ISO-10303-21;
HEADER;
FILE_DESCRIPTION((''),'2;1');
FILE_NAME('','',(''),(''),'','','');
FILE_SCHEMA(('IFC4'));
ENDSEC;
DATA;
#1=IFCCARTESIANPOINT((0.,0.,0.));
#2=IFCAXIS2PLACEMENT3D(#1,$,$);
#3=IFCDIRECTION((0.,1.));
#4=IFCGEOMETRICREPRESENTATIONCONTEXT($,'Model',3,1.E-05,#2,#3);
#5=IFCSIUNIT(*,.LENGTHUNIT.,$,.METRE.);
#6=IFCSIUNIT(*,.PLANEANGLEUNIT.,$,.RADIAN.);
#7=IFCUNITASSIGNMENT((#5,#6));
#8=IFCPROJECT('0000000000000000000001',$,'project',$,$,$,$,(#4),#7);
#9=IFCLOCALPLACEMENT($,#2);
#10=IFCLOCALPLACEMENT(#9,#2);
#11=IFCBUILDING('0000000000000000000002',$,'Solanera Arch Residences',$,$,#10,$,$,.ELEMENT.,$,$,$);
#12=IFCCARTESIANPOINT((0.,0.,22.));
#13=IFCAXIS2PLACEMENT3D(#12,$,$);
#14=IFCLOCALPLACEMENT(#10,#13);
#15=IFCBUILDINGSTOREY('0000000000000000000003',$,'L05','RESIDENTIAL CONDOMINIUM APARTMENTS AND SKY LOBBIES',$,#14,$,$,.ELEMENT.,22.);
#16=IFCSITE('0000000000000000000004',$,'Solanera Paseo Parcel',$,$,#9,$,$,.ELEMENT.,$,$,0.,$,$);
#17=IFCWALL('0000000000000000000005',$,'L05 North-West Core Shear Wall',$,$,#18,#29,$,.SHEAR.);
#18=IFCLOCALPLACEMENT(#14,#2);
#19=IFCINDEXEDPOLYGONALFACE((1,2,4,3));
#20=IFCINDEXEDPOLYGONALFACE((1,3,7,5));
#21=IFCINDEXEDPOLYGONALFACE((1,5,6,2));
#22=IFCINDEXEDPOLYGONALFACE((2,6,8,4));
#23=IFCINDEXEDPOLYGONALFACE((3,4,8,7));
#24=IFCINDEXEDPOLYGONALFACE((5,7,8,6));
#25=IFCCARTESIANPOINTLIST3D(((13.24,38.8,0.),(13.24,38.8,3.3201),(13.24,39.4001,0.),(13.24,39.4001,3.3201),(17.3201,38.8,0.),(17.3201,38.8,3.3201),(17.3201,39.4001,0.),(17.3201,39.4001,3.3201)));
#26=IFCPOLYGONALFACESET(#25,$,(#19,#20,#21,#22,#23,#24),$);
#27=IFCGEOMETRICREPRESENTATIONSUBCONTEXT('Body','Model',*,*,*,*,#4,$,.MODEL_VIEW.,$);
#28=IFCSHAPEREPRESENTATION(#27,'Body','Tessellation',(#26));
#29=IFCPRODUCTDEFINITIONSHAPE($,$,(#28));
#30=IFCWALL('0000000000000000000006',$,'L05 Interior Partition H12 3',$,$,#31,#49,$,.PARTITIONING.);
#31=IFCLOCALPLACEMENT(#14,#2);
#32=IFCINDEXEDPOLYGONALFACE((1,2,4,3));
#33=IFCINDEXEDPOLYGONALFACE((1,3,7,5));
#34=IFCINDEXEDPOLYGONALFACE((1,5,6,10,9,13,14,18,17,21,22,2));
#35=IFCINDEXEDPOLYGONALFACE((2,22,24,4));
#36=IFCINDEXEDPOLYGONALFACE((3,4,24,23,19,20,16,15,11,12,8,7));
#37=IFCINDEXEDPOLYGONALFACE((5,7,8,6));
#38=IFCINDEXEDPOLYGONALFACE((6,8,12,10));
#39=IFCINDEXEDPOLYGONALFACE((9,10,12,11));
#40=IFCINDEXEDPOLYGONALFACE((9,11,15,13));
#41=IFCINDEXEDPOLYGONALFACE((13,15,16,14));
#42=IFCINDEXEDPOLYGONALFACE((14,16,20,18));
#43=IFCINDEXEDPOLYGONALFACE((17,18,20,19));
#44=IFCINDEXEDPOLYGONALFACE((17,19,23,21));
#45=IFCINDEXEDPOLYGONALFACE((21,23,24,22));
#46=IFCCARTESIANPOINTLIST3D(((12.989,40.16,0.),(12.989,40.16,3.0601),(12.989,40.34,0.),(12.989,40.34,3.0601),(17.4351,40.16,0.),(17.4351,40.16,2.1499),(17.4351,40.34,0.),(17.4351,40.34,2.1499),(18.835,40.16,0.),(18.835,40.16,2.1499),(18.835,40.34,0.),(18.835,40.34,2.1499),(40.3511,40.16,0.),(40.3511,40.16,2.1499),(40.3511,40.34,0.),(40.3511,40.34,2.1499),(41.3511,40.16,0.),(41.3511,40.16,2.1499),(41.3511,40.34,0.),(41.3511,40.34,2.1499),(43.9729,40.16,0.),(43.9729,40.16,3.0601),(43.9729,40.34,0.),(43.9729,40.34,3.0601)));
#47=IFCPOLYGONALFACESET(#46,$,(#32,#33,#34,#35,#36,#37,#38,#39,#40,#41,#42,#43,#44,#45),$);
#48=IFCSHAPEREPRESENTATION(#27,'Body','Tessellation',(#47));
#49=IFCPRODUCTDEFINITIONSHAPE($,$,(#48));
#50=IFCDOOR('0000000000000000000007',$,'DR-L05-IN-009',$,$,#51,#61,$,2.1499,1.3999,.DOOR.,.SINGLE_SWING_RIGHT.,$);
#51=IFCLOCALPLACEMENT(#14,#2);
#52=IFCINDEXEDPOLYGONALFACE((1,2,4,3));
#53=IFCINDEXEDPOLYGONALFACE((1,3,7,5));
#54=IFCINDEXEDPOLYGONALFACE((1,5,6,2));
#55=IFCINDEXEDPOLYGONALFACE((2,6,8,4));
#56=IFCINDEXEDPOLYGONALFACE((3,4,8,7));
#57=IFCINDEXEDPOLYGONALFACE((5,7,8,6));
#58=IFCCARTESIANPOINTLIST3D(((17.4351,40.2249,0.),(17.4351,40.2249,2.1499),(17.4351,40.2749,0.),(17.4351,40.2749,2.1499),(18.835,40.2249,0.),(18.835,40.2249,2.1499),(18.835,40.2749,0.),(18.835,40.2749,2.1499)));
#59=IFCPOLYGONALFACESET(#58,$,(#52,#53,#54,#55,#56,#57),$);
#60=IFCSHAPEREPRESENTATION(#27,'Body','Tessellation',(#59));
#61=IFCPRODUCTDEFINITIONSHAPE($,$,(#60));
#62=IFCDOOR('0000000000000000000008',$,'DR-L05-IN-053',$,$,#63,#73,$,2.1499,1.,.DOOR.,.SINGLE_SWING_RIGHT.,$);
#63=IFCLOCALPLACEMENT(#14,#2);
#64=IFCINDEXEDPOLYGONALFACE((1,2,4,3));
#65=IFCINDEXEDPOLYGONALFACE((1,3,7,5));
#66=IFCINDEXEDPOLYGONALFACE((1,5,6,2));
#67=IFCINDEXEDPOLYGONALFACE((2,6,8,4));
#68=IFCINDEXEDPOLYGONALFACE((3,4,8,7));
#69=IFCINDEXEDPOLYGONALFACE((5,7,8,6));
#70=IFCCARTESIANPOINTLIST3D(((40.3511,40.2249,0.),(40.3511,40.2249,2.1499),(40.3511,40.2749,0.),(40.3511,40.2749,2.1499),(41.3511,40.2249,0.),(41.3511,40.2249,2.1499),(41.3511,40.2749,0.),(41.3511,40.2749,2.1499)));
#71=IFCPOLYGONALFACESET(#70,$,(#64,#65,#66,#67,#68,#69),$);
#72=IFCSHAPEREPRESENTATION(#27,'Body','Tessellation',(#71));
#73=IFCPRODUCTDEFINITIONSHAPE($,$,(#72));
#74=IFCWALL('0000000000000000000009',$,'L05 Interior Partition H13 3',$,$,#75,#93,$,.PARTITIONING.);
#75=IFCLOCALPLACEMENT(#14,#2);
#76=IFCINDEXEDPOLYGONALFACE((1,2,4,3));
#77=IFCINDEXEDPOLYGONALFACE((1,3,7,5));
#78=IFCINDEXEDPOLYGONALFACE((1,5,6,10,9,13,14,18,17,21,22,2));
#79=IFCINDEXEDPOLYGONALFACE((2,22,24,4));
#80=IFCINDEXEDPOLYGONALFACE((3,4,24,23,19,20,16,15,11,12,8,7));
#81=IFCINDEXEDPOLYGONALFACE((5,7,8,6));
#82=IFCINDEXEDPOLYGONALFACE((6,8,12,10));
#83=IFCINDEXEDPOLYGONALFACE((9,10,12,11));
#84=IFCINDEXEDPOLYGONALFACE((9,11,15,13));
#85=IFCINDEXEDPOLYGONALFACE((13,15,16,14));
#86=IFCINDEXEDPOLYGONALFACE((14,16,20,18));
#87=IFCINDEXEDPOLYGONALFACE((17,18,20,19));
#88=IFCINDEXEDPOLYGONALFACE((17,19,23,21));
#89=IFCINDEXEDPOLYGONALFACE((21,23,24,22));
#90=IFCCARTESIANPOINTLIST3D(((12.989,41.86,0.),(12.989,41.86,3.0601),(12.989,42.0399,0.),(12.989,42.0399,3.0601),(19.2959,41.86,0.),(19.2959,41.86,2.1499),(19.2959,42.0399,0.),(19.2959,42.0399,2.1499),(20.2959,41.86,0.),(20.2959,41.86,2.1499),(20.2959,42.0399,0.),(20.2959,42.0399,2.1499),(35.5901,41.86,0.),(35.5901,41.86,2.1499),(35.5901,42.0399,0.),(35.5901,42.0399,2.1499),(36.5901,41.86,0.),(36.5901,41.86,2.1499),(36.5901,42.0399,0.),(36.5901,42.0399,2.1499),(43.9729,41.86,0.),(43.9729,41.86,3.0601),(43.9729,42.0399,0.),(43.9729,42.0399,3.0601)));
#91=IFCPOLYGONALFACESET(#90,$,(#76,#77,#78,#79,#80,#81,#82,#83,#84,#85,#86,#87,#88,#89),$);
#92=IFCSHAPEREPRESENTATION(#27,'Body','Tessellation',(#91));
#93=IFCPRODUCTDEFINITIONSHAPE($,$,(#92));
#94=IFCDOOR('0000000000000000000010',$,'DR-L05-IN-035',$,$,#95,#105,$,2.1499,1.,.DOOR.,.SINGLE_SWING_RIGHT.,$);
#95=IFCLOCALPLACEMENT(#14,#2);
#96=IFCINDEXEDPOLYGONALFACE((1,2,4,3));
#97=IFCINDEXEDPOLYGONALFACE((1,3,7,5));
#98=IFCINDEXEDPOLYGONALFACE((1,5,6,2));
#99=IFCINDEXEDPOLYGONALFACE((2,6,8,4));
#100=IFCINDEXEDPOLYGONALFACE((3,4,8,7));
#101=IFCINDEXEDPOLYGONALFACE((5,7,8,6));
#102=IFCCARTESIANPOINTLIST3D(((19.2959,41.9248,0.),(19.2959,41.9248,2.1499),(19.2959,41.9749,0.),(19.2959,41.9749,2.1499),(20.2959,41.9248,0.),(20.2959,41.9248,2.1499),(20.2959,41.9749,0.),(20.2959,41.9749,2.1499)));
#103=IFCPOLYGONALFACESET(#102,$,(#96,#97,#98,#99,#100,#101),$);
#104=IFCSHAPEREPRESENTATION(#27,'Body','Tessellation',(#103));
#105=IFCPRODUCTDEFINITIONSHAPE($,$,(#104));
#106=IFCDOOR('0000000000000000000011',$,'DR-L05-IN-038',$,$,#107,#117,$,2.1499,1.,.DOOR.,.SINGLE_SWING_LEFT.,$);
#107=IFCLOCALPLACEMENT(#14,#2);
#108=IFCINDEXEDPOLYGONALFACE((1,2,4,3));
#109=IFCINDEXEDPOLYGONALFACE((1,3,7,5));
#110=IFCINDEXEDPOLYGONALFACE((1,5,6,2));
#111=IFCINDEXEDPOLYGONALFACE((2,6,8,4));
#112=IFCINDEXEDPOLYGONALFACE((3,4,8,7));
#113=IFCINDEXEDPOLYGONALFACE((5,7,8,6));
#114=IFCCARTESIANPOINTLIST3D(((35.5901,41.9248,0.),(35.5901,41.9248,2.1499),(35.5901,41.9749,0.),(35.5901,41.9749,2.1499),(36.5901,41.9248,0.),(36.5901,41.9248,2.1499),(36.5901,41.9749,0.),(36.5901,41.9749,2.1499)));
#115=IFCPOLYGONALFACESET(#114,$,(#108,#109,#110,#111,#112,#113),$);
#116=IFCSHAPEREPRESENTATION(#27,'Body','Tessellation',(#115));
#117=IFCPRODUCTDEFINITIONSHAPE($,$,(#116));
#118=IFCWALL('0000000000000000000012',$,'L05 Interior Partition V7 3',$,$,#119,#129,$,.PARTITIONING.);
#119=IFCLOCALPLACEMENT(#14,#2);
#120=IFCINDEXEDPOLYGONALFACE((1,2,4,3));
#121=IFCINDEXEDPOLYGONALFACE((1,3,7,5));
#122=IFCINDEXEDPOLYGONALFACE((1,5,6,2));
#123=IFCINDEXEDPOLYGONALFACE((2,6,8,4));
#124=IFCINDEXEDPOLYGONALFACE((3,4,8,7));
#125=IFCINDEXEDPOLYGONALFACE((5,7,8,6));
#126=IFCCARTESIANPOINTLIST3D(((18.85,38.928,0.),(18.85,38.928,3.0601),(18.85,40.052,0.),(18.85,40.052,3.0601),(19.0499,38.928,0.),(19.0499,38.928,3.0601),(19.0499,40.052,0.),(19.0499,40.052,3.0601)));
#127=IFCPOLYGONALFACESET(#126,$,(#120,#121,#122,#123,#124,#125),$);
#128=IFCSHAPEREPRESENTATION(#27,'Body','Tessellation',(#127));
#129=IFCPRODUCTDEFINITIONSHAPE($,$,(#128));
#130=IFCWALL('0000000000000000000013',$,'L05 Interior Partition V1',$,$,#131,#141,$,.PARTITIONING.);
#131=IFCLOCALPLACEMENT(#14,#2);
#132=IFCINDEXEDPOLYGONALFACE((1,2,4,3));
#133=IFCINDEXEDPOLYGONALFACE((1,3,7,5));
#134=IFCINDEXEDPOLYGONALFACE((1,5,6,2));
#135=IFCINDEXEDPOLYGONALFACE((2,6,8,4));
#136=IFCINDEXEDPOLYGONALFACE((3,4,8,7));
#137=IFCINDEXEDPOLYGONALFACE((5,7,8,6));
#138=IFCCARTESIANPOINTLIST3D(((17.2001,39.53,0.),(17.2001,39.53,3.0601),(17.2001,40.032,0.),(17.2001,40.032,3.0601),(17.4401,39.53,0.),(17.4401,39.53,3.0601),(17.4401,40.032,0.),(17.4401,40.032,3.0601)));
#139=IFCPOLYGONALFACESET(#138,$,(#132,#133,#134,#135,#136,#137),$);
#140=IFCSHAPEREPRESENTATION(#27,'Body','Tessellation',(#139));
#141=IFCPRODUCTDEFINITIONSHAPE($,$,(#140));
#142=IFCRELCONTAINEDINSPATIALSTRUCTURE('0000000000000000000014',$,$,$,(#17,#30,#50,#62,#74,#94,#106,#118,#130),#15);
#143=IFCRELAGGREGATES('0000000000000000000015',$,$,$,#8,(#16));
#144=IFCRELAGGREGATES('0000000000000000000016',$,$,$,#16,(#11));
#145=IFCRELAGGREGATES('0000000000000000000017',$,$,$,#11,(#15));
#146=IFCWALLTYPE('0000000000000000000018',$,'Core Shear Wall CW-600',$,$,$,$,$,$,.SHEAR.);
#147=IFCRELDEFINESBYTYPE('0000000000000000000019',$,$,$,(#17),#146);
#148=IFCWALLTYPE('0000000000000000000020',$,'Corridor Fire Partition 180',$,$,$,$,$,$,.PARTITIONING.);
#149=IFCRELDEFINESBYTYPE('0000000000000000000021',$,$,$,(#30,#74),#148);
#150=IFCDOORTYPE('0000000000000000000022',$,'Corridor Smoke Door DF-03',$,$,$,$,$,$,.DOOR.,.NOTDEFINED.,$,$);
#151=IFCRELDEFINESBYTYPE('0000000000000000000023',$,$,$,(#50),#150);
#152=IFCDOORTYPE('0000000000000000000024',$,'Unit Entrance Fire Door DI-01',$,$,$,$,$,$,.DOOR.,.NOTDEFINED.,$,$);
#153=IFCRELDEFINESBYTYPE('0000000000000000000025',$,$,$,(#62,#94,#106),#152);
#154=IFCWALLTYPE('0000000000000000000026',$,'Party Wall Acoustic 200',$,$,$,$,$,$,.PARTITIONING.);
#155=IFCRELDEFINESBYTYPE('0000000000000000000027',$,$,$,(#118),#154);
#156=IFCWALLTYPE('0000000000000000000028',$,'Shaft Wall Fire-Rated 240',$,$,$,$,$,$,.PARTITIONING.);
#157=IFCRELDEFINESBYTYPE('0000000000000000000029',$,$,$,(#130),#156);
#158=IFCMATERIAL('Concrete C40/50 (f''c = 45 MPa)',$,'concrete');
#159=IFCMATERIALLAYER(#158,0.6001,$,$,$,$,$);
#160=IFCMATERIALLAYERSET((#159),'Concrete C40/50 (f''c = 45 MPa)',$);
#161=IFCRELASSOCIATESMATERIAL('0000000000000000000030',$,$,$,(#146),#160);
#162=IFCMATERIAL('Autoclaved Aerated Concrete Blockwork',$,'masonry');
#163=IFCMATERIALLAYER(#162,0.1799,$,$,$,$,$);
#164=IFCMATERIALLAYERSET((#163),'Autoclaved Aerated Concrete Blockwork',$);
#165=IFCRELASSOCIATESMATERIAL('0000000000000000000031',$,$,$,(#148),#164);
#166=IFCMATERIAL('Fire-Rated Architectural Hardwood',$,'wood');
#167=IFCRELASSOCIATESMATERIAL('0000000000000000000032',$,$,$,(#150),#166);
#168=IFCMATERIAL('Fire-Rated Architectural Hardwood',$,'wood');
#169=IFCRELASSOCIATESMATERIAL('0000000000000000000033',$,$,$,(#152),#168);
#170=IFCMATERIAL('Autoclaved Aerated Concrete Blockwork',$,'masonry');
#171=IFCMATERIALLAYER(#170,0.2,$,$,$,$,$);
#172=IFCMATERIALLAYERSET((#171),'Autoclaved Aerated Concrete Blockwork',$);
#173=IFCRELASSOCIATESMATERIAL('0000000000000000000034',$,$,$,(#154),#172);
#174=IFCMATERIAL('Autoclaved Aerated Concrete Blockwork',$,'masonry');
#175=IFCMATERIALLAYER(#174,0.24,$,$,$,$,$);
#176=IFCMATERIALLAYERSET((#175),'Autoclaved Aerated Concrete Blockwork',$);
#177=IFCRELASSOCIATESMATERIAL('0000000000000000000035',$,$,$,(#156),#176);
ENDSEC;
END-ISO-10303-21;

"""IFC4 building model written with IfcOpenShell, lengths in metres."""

from ifc_helpers import new_model, si_unit, direction, frame, frame_2d, origin, place, context, subcontext, project, spatial, rectangle, extrude, material, layer, layer_set, type_object, element, fill, save


model = new_model("IFC4")

# Units and contexts
model_context = context("Model", 3, precision=1e-05, world=origin(), true_north=direction((0.0, 1.0)))
body_context = subcontext(model_context, "Body", "Model", "MODEL_VIEW")
ifc_project = project(units=[si_unit("LENGTHUNIT", "METRE"), si_unit("PLANEANGLEUNIT", "RADIAN")], contexts=[model_context])

# Site, building, storey
site_placement = place(None, origin())
site = spatial("IfcSite", under=ifc_project, at=site_placement, Name="Solanera Paseo Parcel", CompositionType="ELEMENT", RefElevation=0.0)
building_placement = place(site_placement, origin())
building = spatial("IfcBuilding", under=site, at=building_placement, Name="Solanera Arch Residences", CompositionType="ELEMENT")
storey_placement = place(building_placement, frame((0.0, 0.0, 22.0)))
storey = spatial("IfcBuildingStorey", under=building, at=storey_placement, Name="L05", Description="RESIDENTIAL CONDOMINIUM APARTMENTS AND SKY LOBBIES", CompositionType="ELEMENT", Elevation=22.0)

# Wall
ifc_material_1 = material(Name="Concrete C40/50 (f'c = 45 MPa)", Category="concrete")
ifc_layer_1 = layer(ifc_material_1, 0.6001)
ifc_layer_set_1 = layer_set([ifc_layer_1], Name="Concrete C40/50 (f'c = 45 MPa)")
wall_type_1 = type_object("IfcWallType", Name="Core Shear Wall CW-600", PredefinedType="SHEAR", material=ifc_layer_set_1)
wall_1_placement = place(storey_placement, frame((13.24, 39.1001, 0.0), z_axis=(0.0, 0.0, 1.0), x_axis=(1.0, 0.0, 0.0)))
element("IfcWall", 1, at=wall_1_placement, inside=storey, type_object=wall_type_1, Name="L05 North-West Core Shear Wall", PredefinedType="SHEAR", context=body_context, shape_type="SweptSolid", body=[
    extrude(rectangle(XDim=4.0801, YDim=0.6001, at=frame_2d((2.04, 0.0))), origin(), (0.0, 0.0, 1.0), 3.3201),
])

# Walls, openings, doors
ifc_material_2 = material(Name="Autoclaved Aerated Concrete Blockwork", Category="masonry")
ifc_layer_2 = layer(ifc_material_2, 0.1799)
ifc_layer_set_2 = layer_set([ifc_layer_2], Name="Autoclaved Aerated Concrete Blockwork")
wall_type_2 = type_object("IfcWallType", Name="Corridor Fire Partition 180", PredefinedType="PARTITIONING", material=ifc_layer_set_2)
wall_2_placement = place(storey_placement, frame((12.989, 40.25, 0.0), z_axis=(0.0, 0.0, 1.0), x_axis=(1.0, 0.0, 0.0)))
wall_2 = element("IfcWall", 2, at=wall_2_placement, inside=storey, type_object=wall_type_2, Name="L05 Interior Partition H12 3", PredefinedType="PARTITIONING", context=body_context, shape_type="SweptSolid", body=[
    extrude(rectangle(XDim=30.9839, YDim=0.1799, at=frame_2d((15.4919, 0.0))), origin(), (0.0, 0.0, 1.0), 3.0601),
])
opening_1_placement = place(wall_2_placement, frame((4.446, 0.0, 0.0)))
opening_1 = element("IfcOpeningElement", 3, at=opening_1_placement, cuts=wall_2, PredefinedType="OPENING", context=body_context, shape_type="SweptSolid", body=[
    extrude(rectangle(XDim=1.3999, YDim=2.1499, at=frame_2d((0.7, 1.075))), frame((0.0, 0.1001, 0.0), z_axis=(0.0, -1.0, 0.0), x_axis=(1.0, 0.0, 0.0)), (0.0, 0.0, 1.0), 0.1999),
])
opening_2_placement = place(wall_2_placement, frame((27.3621, 0.0, 0.0)))
opening_2 = element("IfcOpeningElement", 4, at=opening_2_placement, cuts=wall_2, PredefinedType="OPENING", context=body_context, shape_type="SweptSolid", body=[
    extrude(rectangle(XDim=1.0, YDim=2.1499, at=frame_2d((0.5, 1.075))), frame((0.0, 0.1001, 0.0), z_axis=(0.0, -1.0, 0.0), x_axis=(1.0, 0.0, 0.0)), (0.0, 0.0, 1.0), 0.1999),
])
ifc_material_3 = material(Name="Fire-Rated Architectural Hardwood", Category="wood")
door_type_1 = type_object("IfcDoorType", Name="Corridor Smoke Door DF-03", OperationType="NOTDEFINED", PredefinedType="DOOR", material=ifc_material_3)
door_1_placement = place(opening_1_placement, origin())
door_1 = element("IfcDoor", 5, at=door_1_placement, inside=storey, type_object=door_type_1, Name="DR-L05-IN-009", OperationType="SINGLE_SWING_RIGHT", OverallHeight=2.1499, OverallWidth=1.3999, PredefinedType="DOOR", context=body_context, shape_type="SweptSolid", body=[
    extrude(rectangle(XDim=1.3999, YDim=2.1499, at=frame_2d((0.7, 1.075))), frame((0.0, 0.0249, 0.0), z_axis=(0.0, -1.0, 0.0), x_axis=(1.0, 0.0, 0.0)), (0.0, 0.0, 1.0), 0.05),
])
fill(opening_1, door_1)
ifc_material_4 = material(Name="Fire-Rated Architectural Hardwood", Category="wood")
door_type_2 = type_object("IfcDoorType", Name="Unit Entrance Fire Door DI-01", OperationType="NOTDEFINED", PredefinedType="DOOR", material=ifc_material_4)
door_2_placement = place(opening_2_placement, origin())
door_2 = element("IfcDoor", 6, at=door_2_placement, inside=storey, type_object=door_type_2, Name="DR-L05-IN-053", OperationType="SINGLE_SWING_RIGHT", OverallHeight=2.1499, OverallWidth=1.0, PredefinedType="DOOR", context=body_context, shape_type="SweptSolid", body=[
    extrude(rectangle(XDim=1.0, YDim=2.1499, at=frame_2d((0.5, 1.075))), frame((0.0, 0.0249, 0.0), z_axis=(0.0, -1.0, 0.0), x_axis=(1.0, 0.0, 0.0)), (0.0, 0.0, 1.0), 0.05),
])
fill(opening_2, door_2)
wall_3_placement = place(storey_placement, frame((12.989, 41.95, 0.0), z_axis=(0.0, 0.0, 1.0), x_axis=(1.0, 0.0, 0.0)))
wall_3 = element("IfcWall", 7, at=wall_3_placement, inside=storey, type_object=wall_type_2, Name="L05 Interior Partition H13 3", PredefinedType="PARTITIONING", context=body_context, shape_type="SweptSolid", body=[
    extrude(rectangle(XDim=30.9839, YDim=0.1799, at=frame_2d((15.4919, 0.0))), origin(), (0.0, 0.0, 1.0), 3.0601),
])
opening_3_placement = place(wall_3_placement, frame((6.3069, 0.0, 0.0)))
opening_3 = element("IfcOpeningElement", 8, at=opening_3_placement, cuts=wall_3, PredefinedType="OPENING", context=body_context, shape_type="SweptSolid", body=[
    extrude(rectangle(XDim=1.0, YDim=2.1499, at=frame_2d((0.5, 1.075))), frame((0.0, 0.1001, 0.0), z_axis=(0.0, -1.0, 0.0), x_axis=(1.0, 0.0, 0.0)), (0.0, 0.0, 1.0), 0.1999),
])
opening_4_placement = place(wall_3_placement, frame((22.6011, 0.0, 0.0)))
opening_4 = element("IfcOpeningElement", 9, at=opening_4_placement, cuts=wall_3, PredefinedType="OPENING", context=body_context, shape_type="SweptSolid", body=[
    extrude(rectangle(XDim=1.0, YDim=2.1499, at=frame_2d((0.5, 1.075))), frame((0.0, 0.1001, 0.0), z_axis=(0.0, -1.0, 0.0), x_axis=(1.0, 0.0, 0.0)), (0.0, 0.0, 1.0), 0.1999),
])
door_3_placement = place(opening_3_placement, origin())
door_3 = element("IfcDoor", 10, at=door_3_placement, inside=storey, type_object=door_type_2, Name="DR-L05-IN-035", OperationType="SINGLE_SWING_RIGHT", OverallHeight=2.1499, OverallWidth=1.0, PredefinedType="DOOR", context=body_context, shape_type="SweptSolid", body=[
    extrude(rectangle(XDim=1.0, YDim=2.1499, at=frame_2d((0.5, 1.075))), frame((0.0, 0.0249, 0.0), z_axis=(0.0, -1.0, 0.0), x_axis=(1.0, 0.0, 0.0)), (0.0, 0.0, 1.0), 0.05),
])
fill(opening_3, door_3)
door_4_placement = place(opening_4_placement, origin())
door_4 = element("IfcDoor", 11, at=door_4_placement, inside=storey, type_object=door_type_2, Name="DR-L05-IN-038", OperationType="SINGLE_SWING_LEFT", OverallHeight=2.1499, OverallWidth=1.0, PredefinedType="DOOR", context=body_context, shape_type="SweptSolid", body=[
    extrude(rectangle(XDim=1.0, YDim=2.1499, at=frame_2d((0.5, 1.075))), frame((0.0, 0.0249, 0.0), z_axis=(0.0, -1.0, 0.0), x_axis=(1.0, 0.0, 0.0)), (0.0, 0.0, 1.0), 0.05),
])
fill(opening_4, door_4)

# Walls
ifc_material_5 = material(Name="Autoclaved Aerated Concrete Blockwork", Category="masonry")
ifc_layer_3 = layer(ifc_material_5, 0.2)
ifc_layer_set_3 = layer_set([ifc_layer_3], Name="Autoclaved Aerated Concrete Blockwork")
wall_type_3 = type_object("IfcWallType", Name="Party Wall Acoustic 200", PredefinedType="PARTITIONING", material=ifc_layer_set_3)
wall_4_placement = place(storey_placement, frame((18.95, 38.928, 0.0), z_axis=(0.0, 0.0, 1.0), x_axis=(0.0, 1.0, 0.0)))
element("IfcWall", 12, at=wall_4_placement, inside=storey, type_object=wall_type_3, Name="L05 Interior Partition V7 3", PredefinedType="PARTITIONING", context=body_context, shape_type="SweptSolid", body=[
    extrude(rectangle(XDim=1.124, YDim=0.2, at=frame_2d((0.562, 0.0))), origin(), (0.0, 0.0, 1.0), 3.0601),
])
ifc_material_6 = material(Name="Autoclaved Aerated Concrete Blockwork", Category="masonry")
ifc_layer_4 = layer(ifc_material_6, 0.24)
ifc_layer_set_4 = layer_set([ifc_layer_4], Name="Autoclaved Aerated Concrete Blockwork")
wall_type_4 = type_object("IfcWallType", Name="Shaft Wall Fire-Rated 240", PredefinedType="PARTITIONING", material=ifc_layer_set_4)
wall_5_placement = place(storey_placement, frame((17.3201, 39.53, 0.0), z_axis=(0.0, 0.0, 1.0), x_axis=(0.0, 1.0, 0.0)))
element("IfcWall", 13, at=wall_5_placement, inside=storey, type_object=wall_type_4, Name="L05 Interior Partition V1", PredefinedType="PARTITIONING", context=body_context, shape_type="SweptSolid", body=[
    extrude(rectangle(XDim=0.502, YDim=0.24, at=frame_2d((0.251, 0.0))), origin(), (0.0, 0.0, 1.0), 3.0601),
])

save(model, "model.ifc")
